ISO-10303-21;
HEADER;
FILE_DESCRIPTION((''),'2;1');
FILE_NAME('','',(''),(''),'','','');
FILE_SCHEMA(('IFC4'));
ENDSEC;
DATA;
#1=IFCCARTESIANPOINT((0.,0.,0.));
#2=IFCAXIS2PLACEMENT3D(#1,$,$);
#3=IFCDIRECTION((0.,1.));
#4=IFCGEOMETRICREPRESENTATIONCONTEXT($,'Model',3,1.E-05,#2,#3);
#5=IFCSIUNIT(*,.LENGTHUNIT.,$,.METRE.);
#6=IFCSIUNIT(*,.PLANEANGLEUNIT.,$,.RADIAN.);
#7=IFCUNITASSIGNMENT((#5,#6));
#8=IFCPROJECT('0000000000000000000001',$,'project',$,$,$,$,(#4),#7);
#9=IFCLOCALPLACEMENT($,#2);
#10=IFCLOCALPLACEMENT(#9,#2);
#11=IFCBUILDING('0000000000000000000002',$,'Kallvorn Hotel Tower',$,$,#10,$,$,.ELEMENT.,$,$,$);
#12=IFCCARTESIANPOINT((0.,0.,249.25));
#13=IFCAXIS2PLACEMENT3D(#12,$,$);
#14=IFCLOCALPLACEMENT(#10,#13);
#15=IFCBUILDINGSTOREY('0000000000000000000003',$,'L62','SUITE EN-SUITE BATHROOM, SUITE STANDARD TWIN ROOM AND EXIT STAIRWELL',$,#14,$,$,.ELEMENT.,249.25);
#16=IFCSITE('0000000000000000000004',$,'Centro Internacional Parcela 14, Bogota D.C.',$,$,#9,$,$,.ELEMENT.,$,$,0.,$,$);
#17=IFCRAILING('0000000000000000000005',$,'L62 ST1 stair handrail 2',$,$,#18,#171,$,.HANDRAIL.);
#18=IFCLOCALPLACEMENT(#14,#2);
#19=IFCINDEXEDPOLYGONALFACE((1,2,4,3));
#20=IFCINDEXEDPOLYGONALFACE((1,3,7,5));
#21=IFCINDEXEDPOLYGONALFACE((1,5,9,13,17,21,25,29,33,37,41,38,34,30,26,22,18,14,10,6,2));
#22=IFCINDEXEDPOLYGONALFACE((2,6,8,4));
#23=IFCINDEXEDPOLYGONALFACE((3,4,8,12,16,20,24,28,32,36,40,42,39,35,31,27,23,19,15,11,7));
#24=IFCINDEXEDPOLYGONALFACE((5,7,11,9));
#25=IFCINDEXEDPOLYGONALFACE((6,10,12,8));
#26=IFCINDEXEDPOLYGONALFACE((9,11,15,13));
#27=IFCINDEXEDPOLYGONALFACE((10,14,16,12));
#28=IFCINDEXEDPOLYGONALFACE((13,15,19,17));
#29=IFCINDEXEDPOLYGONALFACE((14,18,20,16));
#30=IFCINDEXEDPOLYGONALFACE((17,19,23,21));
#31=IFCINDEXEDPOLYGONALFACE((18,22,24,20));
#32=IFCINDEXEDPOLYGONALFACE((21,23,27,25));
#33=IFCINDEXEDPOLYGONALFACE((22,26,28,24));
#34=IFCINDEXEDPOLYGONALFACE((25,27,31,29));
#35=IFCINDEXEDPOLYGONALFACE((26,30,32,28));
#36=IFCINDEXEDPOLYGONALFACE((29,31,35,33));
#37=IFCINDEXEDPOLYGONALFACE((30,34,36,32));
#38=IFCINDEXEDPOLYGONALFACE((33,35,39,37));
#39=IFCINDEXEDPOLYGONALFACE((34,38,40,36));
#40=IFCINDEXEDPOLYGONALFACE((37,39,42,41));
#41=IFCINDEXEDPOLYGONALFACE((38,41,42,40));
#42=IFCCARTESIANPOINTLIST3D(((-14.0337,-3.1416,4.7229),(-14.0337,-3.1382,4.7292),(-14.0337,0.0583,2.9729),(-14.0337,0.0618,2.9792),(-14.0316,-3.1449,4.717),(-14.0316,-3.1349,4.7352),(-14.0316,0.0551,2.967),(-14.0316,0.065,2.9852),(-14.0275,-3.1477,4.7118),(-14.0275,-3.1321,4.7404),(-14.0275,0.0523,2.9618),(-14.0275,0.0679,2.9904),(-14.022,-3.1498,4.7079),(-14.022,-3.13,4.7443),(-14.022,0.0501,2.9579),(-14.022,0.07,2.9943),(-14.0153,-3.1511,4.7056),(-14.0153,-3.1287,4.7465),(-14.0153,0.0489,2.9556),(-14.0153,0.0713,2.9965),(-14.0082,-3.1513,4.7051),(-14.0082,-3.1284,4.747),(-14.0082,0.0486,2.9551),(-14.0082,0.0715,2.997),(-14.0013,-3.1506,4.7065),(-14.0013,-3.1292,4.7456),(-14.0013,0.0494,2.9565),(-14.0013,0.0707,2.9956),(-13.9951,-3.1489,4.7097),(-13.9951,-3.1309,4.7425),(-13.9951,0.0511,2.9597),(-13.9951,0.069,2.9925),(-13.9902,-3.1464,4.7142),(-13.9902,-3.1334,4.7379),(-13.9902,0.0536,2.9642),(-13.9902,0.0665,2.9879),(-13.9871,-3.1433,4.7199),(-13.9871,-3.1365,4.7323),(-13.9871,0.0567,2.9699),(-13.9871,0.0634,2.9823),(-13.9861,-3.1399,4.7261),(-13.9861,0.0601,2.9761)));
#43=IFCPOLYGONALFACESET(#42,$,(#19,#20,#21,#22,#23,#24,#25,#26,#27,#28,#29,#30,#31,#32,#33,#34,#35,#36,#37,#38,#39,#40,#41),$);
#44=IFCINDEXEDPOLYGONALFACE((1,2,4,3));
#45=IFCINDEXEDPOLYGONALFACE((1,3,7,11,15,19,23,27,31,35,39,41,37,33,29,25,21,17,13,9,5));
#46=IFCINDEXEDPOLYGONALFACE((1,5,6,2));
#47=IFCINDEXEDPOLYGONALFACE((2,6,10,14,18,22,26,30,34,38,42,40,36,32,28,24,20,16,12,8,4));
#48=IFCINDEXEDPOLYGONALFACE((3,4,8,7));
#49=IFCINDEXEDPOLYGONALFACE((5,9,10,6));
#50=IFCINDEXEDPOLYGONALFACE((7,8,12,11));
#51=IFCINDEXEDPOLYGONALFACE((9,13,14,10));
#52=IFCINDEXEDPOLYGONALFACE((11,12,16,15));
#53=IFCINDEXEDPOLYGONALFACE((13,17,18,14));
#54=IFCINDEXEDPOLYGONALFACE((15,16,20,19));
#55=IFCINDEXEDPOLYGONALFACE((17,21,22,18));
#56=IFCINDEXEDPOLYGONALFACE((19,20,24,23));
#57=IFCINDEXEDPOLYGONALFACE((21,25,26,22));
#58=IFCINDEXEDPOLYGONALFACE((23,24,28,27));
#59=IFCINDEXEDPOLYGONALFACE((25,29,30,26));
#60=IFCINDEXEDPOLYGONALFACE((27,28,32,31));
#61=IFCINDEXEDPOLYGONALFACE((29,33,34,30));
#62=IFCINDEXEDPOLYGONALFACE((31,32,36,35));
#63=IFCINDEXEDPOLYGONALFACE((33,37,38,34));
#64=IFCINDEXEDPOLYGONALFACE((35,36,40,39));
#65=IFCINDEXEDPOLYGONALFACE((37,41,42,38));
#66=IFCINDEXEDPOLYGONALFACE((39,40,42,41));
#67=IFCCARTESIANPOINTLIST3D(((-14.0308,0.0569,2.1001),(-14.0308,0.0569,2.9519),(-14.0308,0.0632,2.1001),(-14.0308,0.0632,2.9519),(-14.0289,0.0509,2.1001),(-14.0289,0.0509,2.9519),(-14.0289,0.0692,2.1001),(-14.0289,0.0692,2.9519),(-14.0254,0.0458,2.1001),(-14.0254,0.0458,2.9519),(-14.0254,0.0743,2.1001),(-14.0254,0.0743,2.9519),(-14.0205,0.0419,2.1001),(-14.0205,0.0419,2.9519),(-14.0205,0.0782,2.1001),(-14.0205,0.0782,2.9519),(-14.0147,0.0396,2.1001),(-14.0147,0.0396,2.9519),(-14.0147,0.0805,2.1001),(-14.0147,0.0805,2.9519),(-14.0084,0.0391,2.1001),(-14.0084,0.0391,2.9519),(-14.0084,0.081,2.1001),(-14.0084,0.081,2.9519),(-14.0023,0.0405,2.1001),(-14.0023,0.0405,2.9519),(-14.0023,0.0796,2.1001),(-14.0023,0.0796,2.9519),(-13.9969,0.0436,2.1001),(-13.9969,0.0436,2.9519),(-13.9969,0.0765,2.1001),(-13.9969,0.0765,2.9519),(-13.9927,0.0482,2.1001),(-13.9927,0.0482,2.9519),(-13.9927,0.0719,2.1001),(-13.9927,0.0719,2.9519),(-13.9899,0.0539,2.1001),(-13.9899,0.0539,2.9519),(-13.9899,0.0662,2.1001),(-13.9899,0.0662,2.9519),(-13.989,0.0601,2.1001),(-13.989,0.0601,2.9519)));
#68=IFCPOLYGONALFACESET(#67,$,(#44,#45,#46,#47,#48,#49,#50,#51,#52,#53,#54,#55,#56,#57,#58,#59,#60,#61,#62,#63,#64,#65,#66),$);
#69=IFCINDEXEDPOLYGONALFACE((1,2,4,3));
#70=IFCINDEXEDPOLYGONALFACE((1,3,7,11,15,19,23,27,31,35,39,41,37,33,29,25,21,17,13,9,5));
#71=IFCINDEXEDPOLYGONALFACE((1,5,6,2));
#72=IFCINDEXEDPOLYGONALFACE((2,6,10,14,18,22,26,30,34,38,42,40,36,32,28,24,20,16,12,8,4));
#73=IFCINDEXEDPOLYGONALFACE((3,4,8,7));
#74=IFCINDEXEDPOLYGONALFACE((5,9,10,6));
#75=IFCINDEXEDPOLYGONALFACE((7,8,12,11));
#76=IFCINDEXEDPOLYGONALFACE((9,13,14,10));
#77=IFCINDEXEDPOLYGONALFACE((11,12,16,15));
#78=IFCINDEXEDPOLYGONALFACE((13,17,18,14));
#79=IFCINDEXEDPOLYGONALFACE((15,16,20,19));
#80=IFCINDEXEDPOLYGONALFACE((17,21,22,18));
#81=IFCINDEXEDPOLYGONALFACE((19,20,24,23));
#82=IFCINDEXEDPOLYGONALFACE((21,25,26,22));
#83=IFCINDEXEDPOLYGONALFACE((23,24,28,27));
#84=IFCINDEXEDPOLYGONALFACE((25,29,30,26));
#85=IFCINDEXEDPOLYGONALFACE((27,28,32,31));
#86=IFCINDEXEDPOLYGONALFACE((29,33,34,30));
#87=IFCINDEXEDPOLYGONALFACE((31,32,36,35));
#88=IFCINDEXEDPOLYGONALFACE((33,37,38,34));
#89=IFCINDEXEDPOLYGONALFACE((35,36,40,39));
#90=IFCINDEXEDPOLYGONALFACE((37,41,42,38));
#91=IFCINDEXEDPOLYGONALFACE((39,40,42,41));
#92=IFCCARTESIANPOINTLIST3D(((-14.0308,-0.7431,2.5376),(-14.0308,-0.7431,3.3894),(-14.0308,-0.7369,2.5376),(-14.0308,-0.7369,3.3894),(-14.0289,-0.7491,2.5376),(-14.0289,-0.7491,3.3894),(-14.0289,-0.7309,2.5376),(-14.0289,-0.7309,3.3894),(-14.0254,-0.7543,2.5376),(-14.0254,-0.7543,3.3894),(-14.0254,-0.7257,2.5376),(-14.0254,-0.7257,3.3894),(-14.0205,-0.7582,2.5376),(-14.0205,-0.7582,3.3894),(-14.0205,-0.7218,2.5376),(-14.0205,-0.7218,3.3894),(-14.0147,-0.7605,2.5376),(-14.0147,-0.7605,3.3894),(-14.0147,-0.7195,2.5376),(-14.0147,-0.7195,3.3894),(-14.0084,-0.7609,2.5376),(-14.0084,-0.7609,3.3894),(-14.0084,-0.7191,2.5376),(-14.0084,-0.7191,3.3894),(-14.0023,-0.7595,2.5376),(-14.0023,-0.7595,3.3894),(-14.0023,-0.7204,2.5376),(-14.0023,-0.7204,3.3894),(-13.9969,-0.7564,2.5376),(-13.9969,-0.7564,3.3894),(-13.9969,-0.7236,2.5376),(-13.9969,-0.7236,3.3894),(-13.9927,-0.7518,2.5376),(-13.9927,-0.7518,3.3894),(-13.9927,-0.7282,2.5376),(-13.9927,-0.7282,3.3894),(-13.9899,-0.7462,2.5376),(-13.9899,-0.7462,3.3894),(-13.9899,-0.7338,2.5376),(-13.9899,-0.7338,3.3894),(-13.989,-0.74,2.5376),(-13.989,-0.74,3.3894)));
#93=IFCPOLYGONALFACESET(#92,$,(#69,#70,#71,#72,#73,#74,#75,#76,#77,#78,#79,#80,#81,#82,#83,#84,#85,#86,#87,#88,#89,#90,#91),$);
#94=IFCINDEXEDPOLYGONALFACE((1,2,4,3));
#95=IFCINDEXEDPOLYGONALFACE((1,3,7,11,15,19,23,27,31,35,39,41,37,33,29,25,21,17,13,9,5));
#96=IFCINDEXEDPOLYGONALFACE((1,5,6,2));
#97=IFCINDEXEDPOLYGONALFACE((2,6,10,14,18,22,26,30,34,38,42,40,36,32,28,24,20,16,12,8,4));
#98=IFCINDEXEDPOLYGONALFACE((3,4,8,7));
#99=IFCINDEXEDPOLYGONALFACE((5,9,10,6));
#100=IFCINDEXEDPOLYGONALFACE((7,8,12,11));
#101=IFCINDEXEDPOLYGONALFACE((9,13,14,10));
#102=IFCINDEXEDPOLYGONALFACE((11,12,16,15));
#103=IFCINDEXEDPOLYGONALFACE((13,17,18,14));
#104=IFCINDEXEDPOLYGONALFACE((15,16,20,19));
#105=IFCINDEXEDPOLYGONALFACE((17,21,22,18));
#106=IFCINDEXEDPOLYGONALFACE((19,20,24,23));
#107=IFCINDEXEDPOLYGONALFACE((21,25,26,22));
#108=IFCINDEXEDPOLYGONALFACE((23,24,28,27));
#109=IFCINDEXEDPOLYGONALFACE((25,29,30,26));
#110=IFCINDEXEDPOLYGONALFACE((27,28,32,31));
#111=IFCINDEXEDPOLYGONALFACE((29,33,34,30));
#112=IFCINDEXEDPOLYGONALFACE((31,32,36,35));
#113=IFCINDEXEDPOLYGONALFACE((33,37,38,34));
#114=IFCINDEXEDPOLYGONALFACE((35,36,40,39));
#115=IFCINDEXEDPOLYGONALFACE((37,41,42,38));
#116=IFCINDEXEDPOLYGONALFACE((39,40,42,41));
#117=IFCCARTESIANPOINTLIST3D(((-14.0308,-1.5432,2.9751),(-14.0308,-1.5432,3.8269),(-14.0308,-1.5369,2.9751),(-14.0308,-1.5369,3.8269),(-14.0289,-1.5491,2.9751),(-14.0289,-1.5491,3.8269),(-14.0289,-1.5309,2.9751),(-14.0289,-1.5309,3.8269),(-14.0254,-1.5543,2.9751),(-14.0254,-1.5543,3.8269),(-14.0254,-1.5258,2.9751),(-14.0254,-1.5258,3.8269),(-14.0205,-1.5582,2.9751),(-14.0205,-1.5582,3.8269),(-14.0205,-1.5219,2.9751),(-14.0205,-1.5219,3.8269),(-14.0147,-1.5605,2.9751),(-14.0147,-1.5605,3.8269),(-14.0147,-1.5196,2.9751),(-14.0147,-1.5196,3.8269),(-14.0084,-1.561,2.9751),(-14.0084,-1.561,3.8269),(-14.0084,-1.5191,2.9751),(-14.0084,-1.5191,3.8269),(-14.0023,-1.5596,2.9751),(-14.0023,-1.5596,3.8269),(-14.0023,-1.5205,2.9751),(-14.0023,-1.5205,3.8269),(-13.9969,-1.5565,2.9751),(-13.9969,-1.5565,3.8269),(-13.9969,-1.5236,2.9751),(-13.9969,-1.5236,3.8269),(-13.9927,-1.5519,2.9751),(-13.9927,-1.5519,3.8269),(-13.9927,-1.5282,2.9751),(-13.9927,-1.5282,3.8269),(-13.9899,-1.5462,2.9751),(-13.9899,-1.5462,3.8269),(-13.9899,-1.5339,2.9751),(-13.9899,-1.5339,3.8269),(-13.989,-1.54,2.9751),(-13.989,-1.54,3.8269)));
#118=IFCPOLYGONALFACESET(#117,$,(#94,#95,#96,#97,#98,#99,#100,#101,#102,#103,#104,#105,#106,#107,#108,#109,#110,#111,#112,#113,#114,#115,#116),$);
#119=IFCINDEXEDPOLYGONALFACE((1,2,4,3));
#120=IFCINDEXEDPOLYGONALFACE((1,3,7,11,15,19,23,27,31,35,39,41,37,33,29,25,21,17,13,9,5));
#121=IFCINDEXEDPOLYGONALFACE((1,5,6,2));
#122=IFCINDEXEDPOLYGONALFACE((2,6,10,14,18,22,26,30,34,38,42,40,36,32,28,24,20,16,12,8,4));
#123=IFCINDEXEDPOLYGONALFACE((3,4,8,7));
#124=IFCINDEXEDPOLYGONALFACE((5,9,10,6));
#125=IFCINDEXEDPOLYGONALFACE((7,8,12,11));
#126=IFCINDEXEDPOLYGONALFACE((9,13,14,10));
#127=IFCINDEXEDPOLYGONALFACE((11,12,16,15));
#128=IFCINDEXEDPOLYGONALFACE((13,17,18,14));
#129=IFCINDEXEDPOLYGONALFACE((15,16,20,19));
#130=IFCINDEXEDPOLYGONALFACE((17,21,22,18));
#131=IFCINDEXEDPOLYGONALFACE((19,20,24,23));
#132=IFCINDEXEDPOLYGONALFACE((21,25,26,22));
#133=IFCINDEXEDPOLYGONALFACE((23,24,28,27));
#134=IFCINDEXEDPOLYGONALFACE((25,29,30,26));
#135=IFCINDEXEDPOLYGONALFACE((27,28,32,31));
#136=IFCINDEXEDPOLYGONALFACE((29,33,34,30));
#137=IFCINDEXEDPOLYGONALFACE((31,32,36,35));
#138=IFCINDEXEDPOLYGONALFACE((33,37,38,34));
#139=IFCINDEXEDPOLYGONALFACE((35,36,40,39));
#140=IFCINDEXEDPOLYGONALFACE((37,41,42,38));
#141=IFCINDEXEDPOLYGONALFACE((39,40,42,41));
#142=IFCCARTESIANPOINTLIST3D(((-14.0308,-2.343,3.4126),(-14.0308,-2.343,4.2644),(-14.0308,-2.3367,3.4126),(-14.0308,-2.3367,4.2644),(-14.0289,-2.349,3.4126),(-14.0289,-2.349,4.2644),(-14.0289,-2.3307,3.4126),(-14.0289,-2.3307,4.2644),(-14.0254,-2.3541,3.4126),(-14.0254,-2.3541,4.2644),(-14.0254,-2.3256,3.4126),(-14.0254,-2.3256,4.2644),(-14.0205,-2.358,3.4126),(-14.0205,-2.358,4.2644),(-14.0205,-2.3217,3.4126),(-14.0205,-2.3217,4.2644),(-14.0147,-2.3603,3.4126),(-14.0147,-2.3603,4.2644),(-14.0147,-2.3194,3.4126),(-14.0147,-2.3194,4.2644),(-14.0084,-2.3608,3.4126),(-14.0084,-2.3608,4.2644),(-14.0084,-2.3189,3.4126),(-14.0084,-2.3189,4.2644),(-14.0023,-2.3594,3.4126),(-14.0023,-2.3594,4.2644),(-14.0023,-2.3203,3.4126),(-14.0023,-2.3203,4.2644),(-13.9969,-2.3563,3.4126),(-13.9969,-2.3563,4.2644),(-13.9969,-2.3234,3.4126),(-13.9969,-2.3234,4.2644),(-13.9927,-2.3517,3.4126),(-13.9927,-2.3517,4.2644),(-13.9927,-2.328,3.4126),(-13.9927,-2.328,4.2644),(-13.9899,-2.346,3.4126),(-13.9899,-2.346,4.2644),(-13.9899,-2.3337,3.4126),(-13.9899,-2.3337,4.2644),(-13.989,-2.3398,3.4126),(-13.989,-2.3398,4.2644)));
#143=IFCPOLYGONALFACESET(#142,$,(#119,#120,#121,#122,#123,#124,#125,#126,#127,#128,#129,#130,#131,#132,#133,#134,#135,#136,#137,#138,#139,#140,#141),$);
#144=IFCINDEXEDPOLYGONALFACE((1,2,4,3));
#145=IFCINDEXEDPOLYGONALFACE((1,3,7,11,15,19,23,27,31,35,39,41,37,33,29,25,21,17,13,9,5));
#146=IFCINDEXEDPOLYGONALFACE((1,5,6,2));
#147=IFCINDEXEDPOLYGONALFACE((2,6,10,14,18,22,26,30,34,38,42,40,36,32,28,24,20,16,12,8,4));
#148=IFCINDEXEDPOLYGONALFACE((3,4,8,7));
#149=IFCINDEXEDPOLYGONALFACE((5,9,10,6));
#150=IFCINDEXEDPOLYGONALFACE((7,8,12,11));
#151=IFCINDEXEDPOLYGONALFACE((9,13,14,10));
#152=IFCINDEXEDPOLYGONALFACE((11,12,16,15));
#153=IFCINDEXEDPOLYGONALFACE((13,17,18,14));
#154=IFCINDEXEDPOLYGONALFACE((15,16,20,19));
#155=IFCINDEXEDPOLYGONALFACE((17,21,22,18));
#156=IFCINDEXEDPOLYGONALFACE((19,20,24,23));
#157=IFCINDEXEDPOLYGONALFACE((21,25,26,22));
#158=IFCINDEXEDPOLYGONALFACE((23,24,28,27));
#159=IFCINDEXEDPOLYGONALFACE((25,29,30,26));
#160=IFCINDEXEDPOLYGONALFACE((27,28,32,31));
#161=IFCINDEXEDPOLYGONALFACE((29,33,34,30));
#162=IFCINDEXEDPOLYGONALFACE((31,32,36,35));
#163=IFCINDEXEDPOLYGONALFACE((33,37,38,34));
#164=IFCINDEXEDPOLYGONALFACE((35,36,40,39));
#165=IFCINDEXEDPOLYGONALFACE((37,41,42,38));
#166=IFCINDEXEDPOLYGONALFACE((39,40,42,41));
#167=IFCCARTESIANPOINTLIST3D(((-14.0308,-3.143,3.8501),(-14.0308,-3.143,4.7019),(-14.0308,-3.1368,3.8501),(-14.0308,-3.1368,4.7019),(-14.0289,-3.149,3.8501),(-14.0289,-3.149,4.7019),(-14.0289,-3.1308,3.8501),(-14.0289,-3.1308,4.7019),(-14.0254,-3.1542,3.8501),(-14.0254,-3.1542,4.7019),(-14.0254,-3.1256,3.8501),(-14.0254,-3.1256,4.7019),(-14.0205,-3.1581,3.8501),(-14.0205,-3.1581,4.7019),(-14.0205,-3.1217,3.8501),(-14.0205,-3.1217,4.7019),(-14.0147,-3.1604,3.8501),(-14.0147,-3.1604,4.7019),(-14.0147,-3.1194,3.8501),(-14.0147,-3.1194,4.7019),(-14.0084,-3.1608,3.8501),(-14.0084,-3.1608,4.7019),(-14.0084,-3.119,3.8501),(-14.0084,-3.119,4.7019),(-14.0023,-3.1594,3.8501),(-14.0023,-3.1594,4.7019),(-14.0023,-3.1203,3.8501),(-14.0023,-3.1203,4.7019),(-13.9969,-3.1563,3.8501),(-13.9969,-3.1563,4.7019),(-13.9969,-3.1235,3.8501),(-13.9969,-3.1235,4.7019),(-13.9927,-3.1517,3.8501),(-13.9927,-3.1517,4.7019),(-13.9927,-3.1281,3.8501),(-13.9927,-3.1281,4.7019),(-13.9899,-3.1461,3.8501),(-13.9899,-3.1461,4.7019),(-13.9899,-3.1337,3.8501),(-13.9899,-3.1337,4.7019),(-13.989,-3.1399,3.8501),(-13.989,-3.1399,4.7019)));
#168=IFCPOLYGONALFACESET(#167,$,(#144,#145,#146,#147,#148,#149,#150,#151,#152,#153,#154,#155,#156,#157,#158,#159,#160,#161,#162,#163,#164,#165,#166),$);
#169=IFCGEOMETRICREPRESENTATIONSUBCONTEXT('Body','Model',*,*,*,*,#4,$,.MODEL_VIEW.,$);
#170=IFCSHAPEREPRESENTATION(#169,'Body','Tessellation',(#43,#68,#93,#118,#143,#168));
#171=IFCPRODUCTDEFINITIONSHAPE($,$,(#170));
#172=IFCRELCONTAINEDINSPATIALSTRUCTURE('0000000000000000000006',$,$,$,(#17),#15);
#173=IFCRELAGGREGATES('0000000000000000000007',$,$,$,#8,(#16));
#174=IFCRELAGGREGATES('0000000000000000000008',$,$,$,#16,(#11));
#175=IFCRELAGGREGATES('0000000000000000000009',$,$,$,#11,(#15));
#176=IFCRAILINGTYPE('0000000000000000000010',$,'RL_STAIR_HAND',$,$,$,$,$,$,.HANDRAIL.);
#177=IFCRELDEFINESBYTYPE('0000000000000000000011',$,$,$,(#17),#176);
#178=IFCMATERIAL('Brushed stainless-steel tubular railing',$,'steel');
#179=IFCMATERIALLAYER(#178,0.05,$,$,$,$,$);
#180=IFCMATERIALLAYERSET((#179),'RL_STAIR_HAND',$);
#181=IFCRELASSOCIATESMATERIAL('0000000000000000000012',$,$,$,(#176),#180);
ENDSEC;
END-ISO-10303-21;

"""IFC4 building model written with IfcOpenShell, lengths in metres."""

from ifc_helpers import new_model, si_unit, direction, frame, origin, origin_2d, place, context, subcontext, project, spatial, circle, extrude, material, layer, layer_set, type_object, element, save


model = new_model("IFC4")

# Units and contexts
model_context = context("Model", 3, precision=1e-05, world=origin(), true_north=direction((0.0, 1.0)))
body_context = subcontext(model_context, "Body", "Model", "MODEL_VIEW")
ifc_project = project(units=[si_unit("LENGTHUNIT", "METRE"), si_unit("PLANEANGLEUNIT", "RADIAN")], contexts=[model_context])

# Site, building, storey
site_placement = place(None, origin())
site = spatial("IfcSite", under=ifc_project, at=site_placement, Name="Centro Internacional Parcela 14, Bogota D.C.", CompositionType="ELEMENT", RefElevation=0.0)
building_placement = place(site_placement, origin())
building = spatial("IfcBuilding", under=site, at=building_placement, Name="Kallvorn Hotel Tower", CompositionType="ELEMENT")
storey_placement = place(building_placement, frame((0.0, 0.0, 249.25)))
storey = spatial("IfcBuildingStorey", under=building, at=storey_placement, Name="L62", Description="SUITE EN-SUITE BATHROOM, SUITE STANDARD TWIN ROOM AND EXIT STAIRWELL", CompositionType="ELEMENT", Elevation=249.25)

# Railing
ifc_material_1 = material(Name="Brushed stainless-steel tubular railing", Category="steel")
ifc_layer_1 = layer(ifc_material_1, 0.05)
ifc_layer_set_1 = layer_set([ifc_layer_1], Name="RL_STAIR_HAND")
railing_type_1 = type_object("IfcRailingType", Name="RL_STAIR_HAND", PredefinedType="HANDRAIL", material=ifc_layer_set_1)
railing_1_placement = place(storey_placement, frame((-14.01, 0.0601, 2.1001)))
element("IfcRailing", 1, at=railing_1_placement, inside=storey, type_object=railing_type_1, Name="L62 ST1 stair handrail 2", PredefinedType="HANDRAIL", context=body_context, shape_type="SweptSolid", body=[
    extrude(circle(Radius=0.0239, at=origin_2d()), frame((0.0, 0.0, 0.876), z_axis=(0.0, -0.877368, 0.479818), x_axis=(1.0, 0.0, 0.0)), (0.0, 0.0, 1.0), 3.6472),
    extrude(circle(Radius=0.021, at=origin_2d()), origin(), (0.0, 0.0, 1.0), 0.8518),
    extrude(circle(Radius=0.021, at=origin_2d()), frame((0.0, -0.8, 0.4375)), (0.0, 0.0, 1.0), 0.8518),
    extrude(circle(Radius=0.021, at=origin_2d()), frame((0.0, -1.6001, 0.875)), (0.0, 0.0, 1.0), 0.8518),
    extrude(circle(Radius=0.021, at=origin_2d()), frame((0.0, -2.3999, 1.3125)), (0.0, 0.0, 1.0), 0.8518),
    extrude(circle(Radius=0.021, at=origin_2d()), frame((0.0, -3.2, 1.75)), (0.0, 0.0, 1.0), 0.8518),
])

save(model, "model.ifc")
